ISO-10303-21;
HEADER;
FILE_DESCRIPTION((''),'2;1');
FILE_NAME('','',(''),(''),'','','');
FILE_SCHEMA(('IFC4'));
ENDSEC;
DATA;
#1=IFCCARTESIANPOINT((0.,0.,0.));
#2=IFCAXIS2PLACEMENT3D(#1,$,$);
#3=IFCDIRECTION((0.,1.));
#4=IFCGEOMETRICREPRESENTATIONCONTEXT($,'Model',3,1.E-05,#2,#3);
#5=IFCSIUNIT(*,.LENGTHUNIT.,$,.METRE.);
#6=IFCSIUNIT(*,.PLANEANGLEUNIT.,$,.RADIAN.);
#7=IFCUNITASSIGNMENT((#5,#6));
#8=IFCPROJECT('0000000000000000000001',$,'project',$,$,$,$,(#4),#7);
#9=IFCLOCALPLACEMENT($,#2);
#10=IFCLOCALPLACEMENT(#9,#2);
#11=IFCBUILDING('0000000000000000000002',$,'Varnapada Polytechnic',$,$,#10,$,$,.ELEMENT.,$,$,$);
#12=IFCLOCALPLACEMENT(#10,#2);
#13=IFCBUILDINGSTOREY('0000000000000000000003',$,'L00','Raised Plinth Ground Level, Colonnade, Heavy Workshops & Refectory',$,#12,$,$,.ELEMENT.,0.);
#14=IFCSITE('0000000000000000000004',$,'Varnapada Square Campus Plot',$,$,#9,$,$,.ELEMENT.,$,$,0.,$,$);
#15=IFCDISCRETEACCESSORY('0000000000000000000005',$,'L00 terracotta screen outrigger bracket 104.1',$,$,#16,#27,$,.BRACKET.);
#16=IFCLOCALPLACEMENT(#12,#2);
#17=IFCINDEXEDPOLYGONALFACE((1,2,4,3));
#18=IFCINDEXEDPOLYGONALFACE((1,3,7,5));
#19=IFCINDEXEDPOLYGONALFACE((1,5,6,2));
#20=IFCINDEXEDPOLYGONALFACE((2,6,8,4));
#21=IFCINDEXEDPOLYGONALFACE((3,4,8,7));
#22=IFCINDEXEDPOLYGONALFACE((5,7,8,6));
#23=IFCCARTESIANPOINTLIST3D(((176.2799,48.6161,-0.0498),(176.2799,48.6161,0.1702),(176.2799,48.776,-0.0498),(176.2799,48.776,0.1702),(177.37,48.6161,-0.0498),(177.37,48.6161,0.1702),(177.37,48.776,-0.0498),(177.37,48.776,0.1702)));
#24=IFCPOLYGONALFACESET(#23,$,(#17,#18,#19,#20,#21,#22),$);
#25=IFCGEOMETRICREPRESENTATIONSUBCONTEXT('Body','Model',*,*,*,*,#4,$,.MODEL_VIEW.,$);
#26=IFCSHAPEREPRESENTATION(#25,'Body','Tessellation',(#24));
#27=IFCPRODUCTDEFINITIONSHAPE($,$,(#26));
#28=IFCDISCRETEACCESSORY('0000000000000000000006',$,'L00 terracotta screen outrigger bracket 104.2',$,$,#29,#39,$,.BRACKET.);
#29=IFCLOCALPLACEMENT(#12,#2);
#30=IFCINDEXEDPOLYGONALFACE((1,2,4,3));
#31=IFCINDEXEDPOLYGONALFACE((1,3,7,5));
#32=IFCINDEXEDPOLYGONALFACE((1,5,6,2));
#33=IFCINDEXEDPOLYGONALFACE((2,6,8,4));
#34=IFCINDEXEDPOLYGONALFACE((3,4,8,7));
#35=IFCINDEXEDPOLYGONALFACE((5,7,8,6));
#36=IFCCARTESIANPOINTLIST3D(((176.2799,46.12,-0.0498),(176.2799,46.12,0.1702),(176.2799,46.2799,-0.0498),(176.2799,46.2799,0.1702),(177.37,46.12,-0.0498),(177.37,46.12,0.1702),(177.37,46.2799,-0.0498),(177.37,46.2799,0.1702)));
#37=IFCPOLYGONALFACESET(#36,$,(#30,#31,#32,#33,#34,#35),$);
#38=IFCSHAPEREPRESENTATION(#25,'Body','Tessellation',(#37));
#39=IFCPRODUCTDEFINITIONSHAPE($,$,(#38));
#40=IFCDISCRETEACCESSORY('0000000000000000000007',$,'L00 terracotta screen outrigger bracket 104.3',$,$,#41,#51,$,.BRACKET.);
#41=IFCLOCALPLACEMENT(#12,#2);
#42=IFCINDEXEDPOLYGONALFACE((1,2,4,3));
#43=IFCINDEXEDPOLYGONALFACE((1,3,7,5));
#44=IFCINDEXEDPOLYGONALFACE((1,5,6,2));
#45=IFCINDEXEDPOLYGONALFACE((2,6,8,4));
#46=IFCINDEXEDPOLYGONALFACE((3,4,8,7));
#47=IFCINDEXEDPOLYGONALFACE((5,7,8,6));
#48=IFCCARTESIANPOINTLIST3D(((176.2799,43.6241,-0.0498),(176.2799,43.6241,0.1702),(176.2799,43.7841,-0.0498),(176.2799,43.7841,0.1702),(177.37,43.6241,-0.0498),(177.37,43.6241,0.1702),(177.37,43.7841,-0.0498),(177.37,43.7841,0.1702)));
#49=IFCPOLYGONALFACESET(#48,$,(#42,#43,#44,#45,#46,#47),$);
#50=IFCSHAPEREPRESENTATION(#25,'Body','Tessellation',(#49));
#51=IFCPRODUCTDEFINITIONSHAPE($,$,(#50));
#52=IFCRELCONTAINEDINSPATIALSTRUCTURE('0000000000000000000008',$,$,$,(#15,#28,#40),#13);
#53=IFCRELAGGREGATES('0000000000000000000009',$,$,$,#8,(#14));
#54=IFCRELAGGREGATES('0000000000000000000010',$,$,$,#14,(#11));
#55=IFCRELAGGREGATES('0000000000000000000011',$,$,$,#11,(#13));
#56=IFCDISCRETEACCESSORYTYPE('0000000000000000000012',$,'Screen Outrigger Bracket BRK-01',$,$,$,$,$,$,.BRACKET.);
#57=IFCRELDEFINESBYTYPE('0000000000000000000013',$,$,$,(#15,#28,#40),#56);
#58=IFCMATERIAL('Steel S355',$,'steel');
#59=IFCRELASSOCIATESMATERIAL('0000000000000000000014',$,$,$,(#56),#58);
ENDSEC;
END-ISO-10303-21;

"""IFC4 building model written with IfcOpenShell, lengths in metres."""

from ifc_helpers import new_model, si_unit, direction, frame, origin, origin_2d, place, context, subcontext, project, spatial, rectangle, extrude, material, type_object, element, save


model = new_model("IFC4")

# Units and contexts
model_context = context("Model", 3, precision=1e-05, world=origin(), true_north=direction((0.0, 1.0)))
body_context = subcontext(model_context, "Body", "Model", "MODEL_VIEW")
ifc_project = project(units=[si_unit("LENGTHUNIT", "METRE"), si_unit("PLANEANGLEUNIT", "RADIAN")], contexts=[model_context])

# Site, building, storey
site_placement = place(None, origin())
site = spatial("IfcSite", under=ifc_project, at=site_placement, Name="Varnapada Square Campus Plot", CompositionType="ELEMENT", RefElevation=0.0)
building_placement = place(site_placement, origin())
building = spatial("IfcBuilding", under=site, at=building_placement, Name="Varnapada Polytechnic", CompositionType="ELEMENT")
storey_placement = place(building_placement, origin())
storey = spatial("IfcBuildingStorey", under=building, at=storey_placement, Name="L00", Description="Raised Plinth Ground Level, Colonnade, Heavy Workshops & Refectory", CompositionType="ELEMENT", Elevation=0.0)

# Discrete accessories
ifc_material_1 = material(Name="Steel S355", Category="steel")
discrete_accessory_type = type_object("IfcDiscreteAccessoryType", Name="Screen Outrigger Bracket BRK-01", PredefinedType="BRACKET", material=ifc_material_1)
for number, where, z_axis, x_axis, name in (
    (1, (176.825, 48.696, -0.0498), (0.0, 0.0, 1.0), (0.0, -1.0, 0.0), "L00 terracotta screen outrigger bracket 104.1"),
    (2, (176.825, 46.2, -0.0498), (0.0, 0.0, 1.0), (0.0, -1.0, 0.0), "L00 terracotta screen outrigger bracket 104.2"),
    (3, (176.825, 43.7041, -0.0498), (0.0, 0.0, 1.0), (0.0, -1.0, 0.0), "L00 terracotta screen outrigger bracket 104.3"),
):
    element("IfcDiscreteAccessory", number, at=place(storey_placement, frame(where, z_axis=z_axis, x_axis=x_axis)), inside=storey, type_object=discrete_accessory_type, Name=name, PredefinedType="BRACKET", context=body_context, shape_type="SweptSolid", body=[
        extrude(rectangle(XDim=0.1599, YDim=1.0901, at=origin_2d()), origin(), (0.0, 0.0, 1.0), 0.22),
    ])

save(model, "model.ifc")
